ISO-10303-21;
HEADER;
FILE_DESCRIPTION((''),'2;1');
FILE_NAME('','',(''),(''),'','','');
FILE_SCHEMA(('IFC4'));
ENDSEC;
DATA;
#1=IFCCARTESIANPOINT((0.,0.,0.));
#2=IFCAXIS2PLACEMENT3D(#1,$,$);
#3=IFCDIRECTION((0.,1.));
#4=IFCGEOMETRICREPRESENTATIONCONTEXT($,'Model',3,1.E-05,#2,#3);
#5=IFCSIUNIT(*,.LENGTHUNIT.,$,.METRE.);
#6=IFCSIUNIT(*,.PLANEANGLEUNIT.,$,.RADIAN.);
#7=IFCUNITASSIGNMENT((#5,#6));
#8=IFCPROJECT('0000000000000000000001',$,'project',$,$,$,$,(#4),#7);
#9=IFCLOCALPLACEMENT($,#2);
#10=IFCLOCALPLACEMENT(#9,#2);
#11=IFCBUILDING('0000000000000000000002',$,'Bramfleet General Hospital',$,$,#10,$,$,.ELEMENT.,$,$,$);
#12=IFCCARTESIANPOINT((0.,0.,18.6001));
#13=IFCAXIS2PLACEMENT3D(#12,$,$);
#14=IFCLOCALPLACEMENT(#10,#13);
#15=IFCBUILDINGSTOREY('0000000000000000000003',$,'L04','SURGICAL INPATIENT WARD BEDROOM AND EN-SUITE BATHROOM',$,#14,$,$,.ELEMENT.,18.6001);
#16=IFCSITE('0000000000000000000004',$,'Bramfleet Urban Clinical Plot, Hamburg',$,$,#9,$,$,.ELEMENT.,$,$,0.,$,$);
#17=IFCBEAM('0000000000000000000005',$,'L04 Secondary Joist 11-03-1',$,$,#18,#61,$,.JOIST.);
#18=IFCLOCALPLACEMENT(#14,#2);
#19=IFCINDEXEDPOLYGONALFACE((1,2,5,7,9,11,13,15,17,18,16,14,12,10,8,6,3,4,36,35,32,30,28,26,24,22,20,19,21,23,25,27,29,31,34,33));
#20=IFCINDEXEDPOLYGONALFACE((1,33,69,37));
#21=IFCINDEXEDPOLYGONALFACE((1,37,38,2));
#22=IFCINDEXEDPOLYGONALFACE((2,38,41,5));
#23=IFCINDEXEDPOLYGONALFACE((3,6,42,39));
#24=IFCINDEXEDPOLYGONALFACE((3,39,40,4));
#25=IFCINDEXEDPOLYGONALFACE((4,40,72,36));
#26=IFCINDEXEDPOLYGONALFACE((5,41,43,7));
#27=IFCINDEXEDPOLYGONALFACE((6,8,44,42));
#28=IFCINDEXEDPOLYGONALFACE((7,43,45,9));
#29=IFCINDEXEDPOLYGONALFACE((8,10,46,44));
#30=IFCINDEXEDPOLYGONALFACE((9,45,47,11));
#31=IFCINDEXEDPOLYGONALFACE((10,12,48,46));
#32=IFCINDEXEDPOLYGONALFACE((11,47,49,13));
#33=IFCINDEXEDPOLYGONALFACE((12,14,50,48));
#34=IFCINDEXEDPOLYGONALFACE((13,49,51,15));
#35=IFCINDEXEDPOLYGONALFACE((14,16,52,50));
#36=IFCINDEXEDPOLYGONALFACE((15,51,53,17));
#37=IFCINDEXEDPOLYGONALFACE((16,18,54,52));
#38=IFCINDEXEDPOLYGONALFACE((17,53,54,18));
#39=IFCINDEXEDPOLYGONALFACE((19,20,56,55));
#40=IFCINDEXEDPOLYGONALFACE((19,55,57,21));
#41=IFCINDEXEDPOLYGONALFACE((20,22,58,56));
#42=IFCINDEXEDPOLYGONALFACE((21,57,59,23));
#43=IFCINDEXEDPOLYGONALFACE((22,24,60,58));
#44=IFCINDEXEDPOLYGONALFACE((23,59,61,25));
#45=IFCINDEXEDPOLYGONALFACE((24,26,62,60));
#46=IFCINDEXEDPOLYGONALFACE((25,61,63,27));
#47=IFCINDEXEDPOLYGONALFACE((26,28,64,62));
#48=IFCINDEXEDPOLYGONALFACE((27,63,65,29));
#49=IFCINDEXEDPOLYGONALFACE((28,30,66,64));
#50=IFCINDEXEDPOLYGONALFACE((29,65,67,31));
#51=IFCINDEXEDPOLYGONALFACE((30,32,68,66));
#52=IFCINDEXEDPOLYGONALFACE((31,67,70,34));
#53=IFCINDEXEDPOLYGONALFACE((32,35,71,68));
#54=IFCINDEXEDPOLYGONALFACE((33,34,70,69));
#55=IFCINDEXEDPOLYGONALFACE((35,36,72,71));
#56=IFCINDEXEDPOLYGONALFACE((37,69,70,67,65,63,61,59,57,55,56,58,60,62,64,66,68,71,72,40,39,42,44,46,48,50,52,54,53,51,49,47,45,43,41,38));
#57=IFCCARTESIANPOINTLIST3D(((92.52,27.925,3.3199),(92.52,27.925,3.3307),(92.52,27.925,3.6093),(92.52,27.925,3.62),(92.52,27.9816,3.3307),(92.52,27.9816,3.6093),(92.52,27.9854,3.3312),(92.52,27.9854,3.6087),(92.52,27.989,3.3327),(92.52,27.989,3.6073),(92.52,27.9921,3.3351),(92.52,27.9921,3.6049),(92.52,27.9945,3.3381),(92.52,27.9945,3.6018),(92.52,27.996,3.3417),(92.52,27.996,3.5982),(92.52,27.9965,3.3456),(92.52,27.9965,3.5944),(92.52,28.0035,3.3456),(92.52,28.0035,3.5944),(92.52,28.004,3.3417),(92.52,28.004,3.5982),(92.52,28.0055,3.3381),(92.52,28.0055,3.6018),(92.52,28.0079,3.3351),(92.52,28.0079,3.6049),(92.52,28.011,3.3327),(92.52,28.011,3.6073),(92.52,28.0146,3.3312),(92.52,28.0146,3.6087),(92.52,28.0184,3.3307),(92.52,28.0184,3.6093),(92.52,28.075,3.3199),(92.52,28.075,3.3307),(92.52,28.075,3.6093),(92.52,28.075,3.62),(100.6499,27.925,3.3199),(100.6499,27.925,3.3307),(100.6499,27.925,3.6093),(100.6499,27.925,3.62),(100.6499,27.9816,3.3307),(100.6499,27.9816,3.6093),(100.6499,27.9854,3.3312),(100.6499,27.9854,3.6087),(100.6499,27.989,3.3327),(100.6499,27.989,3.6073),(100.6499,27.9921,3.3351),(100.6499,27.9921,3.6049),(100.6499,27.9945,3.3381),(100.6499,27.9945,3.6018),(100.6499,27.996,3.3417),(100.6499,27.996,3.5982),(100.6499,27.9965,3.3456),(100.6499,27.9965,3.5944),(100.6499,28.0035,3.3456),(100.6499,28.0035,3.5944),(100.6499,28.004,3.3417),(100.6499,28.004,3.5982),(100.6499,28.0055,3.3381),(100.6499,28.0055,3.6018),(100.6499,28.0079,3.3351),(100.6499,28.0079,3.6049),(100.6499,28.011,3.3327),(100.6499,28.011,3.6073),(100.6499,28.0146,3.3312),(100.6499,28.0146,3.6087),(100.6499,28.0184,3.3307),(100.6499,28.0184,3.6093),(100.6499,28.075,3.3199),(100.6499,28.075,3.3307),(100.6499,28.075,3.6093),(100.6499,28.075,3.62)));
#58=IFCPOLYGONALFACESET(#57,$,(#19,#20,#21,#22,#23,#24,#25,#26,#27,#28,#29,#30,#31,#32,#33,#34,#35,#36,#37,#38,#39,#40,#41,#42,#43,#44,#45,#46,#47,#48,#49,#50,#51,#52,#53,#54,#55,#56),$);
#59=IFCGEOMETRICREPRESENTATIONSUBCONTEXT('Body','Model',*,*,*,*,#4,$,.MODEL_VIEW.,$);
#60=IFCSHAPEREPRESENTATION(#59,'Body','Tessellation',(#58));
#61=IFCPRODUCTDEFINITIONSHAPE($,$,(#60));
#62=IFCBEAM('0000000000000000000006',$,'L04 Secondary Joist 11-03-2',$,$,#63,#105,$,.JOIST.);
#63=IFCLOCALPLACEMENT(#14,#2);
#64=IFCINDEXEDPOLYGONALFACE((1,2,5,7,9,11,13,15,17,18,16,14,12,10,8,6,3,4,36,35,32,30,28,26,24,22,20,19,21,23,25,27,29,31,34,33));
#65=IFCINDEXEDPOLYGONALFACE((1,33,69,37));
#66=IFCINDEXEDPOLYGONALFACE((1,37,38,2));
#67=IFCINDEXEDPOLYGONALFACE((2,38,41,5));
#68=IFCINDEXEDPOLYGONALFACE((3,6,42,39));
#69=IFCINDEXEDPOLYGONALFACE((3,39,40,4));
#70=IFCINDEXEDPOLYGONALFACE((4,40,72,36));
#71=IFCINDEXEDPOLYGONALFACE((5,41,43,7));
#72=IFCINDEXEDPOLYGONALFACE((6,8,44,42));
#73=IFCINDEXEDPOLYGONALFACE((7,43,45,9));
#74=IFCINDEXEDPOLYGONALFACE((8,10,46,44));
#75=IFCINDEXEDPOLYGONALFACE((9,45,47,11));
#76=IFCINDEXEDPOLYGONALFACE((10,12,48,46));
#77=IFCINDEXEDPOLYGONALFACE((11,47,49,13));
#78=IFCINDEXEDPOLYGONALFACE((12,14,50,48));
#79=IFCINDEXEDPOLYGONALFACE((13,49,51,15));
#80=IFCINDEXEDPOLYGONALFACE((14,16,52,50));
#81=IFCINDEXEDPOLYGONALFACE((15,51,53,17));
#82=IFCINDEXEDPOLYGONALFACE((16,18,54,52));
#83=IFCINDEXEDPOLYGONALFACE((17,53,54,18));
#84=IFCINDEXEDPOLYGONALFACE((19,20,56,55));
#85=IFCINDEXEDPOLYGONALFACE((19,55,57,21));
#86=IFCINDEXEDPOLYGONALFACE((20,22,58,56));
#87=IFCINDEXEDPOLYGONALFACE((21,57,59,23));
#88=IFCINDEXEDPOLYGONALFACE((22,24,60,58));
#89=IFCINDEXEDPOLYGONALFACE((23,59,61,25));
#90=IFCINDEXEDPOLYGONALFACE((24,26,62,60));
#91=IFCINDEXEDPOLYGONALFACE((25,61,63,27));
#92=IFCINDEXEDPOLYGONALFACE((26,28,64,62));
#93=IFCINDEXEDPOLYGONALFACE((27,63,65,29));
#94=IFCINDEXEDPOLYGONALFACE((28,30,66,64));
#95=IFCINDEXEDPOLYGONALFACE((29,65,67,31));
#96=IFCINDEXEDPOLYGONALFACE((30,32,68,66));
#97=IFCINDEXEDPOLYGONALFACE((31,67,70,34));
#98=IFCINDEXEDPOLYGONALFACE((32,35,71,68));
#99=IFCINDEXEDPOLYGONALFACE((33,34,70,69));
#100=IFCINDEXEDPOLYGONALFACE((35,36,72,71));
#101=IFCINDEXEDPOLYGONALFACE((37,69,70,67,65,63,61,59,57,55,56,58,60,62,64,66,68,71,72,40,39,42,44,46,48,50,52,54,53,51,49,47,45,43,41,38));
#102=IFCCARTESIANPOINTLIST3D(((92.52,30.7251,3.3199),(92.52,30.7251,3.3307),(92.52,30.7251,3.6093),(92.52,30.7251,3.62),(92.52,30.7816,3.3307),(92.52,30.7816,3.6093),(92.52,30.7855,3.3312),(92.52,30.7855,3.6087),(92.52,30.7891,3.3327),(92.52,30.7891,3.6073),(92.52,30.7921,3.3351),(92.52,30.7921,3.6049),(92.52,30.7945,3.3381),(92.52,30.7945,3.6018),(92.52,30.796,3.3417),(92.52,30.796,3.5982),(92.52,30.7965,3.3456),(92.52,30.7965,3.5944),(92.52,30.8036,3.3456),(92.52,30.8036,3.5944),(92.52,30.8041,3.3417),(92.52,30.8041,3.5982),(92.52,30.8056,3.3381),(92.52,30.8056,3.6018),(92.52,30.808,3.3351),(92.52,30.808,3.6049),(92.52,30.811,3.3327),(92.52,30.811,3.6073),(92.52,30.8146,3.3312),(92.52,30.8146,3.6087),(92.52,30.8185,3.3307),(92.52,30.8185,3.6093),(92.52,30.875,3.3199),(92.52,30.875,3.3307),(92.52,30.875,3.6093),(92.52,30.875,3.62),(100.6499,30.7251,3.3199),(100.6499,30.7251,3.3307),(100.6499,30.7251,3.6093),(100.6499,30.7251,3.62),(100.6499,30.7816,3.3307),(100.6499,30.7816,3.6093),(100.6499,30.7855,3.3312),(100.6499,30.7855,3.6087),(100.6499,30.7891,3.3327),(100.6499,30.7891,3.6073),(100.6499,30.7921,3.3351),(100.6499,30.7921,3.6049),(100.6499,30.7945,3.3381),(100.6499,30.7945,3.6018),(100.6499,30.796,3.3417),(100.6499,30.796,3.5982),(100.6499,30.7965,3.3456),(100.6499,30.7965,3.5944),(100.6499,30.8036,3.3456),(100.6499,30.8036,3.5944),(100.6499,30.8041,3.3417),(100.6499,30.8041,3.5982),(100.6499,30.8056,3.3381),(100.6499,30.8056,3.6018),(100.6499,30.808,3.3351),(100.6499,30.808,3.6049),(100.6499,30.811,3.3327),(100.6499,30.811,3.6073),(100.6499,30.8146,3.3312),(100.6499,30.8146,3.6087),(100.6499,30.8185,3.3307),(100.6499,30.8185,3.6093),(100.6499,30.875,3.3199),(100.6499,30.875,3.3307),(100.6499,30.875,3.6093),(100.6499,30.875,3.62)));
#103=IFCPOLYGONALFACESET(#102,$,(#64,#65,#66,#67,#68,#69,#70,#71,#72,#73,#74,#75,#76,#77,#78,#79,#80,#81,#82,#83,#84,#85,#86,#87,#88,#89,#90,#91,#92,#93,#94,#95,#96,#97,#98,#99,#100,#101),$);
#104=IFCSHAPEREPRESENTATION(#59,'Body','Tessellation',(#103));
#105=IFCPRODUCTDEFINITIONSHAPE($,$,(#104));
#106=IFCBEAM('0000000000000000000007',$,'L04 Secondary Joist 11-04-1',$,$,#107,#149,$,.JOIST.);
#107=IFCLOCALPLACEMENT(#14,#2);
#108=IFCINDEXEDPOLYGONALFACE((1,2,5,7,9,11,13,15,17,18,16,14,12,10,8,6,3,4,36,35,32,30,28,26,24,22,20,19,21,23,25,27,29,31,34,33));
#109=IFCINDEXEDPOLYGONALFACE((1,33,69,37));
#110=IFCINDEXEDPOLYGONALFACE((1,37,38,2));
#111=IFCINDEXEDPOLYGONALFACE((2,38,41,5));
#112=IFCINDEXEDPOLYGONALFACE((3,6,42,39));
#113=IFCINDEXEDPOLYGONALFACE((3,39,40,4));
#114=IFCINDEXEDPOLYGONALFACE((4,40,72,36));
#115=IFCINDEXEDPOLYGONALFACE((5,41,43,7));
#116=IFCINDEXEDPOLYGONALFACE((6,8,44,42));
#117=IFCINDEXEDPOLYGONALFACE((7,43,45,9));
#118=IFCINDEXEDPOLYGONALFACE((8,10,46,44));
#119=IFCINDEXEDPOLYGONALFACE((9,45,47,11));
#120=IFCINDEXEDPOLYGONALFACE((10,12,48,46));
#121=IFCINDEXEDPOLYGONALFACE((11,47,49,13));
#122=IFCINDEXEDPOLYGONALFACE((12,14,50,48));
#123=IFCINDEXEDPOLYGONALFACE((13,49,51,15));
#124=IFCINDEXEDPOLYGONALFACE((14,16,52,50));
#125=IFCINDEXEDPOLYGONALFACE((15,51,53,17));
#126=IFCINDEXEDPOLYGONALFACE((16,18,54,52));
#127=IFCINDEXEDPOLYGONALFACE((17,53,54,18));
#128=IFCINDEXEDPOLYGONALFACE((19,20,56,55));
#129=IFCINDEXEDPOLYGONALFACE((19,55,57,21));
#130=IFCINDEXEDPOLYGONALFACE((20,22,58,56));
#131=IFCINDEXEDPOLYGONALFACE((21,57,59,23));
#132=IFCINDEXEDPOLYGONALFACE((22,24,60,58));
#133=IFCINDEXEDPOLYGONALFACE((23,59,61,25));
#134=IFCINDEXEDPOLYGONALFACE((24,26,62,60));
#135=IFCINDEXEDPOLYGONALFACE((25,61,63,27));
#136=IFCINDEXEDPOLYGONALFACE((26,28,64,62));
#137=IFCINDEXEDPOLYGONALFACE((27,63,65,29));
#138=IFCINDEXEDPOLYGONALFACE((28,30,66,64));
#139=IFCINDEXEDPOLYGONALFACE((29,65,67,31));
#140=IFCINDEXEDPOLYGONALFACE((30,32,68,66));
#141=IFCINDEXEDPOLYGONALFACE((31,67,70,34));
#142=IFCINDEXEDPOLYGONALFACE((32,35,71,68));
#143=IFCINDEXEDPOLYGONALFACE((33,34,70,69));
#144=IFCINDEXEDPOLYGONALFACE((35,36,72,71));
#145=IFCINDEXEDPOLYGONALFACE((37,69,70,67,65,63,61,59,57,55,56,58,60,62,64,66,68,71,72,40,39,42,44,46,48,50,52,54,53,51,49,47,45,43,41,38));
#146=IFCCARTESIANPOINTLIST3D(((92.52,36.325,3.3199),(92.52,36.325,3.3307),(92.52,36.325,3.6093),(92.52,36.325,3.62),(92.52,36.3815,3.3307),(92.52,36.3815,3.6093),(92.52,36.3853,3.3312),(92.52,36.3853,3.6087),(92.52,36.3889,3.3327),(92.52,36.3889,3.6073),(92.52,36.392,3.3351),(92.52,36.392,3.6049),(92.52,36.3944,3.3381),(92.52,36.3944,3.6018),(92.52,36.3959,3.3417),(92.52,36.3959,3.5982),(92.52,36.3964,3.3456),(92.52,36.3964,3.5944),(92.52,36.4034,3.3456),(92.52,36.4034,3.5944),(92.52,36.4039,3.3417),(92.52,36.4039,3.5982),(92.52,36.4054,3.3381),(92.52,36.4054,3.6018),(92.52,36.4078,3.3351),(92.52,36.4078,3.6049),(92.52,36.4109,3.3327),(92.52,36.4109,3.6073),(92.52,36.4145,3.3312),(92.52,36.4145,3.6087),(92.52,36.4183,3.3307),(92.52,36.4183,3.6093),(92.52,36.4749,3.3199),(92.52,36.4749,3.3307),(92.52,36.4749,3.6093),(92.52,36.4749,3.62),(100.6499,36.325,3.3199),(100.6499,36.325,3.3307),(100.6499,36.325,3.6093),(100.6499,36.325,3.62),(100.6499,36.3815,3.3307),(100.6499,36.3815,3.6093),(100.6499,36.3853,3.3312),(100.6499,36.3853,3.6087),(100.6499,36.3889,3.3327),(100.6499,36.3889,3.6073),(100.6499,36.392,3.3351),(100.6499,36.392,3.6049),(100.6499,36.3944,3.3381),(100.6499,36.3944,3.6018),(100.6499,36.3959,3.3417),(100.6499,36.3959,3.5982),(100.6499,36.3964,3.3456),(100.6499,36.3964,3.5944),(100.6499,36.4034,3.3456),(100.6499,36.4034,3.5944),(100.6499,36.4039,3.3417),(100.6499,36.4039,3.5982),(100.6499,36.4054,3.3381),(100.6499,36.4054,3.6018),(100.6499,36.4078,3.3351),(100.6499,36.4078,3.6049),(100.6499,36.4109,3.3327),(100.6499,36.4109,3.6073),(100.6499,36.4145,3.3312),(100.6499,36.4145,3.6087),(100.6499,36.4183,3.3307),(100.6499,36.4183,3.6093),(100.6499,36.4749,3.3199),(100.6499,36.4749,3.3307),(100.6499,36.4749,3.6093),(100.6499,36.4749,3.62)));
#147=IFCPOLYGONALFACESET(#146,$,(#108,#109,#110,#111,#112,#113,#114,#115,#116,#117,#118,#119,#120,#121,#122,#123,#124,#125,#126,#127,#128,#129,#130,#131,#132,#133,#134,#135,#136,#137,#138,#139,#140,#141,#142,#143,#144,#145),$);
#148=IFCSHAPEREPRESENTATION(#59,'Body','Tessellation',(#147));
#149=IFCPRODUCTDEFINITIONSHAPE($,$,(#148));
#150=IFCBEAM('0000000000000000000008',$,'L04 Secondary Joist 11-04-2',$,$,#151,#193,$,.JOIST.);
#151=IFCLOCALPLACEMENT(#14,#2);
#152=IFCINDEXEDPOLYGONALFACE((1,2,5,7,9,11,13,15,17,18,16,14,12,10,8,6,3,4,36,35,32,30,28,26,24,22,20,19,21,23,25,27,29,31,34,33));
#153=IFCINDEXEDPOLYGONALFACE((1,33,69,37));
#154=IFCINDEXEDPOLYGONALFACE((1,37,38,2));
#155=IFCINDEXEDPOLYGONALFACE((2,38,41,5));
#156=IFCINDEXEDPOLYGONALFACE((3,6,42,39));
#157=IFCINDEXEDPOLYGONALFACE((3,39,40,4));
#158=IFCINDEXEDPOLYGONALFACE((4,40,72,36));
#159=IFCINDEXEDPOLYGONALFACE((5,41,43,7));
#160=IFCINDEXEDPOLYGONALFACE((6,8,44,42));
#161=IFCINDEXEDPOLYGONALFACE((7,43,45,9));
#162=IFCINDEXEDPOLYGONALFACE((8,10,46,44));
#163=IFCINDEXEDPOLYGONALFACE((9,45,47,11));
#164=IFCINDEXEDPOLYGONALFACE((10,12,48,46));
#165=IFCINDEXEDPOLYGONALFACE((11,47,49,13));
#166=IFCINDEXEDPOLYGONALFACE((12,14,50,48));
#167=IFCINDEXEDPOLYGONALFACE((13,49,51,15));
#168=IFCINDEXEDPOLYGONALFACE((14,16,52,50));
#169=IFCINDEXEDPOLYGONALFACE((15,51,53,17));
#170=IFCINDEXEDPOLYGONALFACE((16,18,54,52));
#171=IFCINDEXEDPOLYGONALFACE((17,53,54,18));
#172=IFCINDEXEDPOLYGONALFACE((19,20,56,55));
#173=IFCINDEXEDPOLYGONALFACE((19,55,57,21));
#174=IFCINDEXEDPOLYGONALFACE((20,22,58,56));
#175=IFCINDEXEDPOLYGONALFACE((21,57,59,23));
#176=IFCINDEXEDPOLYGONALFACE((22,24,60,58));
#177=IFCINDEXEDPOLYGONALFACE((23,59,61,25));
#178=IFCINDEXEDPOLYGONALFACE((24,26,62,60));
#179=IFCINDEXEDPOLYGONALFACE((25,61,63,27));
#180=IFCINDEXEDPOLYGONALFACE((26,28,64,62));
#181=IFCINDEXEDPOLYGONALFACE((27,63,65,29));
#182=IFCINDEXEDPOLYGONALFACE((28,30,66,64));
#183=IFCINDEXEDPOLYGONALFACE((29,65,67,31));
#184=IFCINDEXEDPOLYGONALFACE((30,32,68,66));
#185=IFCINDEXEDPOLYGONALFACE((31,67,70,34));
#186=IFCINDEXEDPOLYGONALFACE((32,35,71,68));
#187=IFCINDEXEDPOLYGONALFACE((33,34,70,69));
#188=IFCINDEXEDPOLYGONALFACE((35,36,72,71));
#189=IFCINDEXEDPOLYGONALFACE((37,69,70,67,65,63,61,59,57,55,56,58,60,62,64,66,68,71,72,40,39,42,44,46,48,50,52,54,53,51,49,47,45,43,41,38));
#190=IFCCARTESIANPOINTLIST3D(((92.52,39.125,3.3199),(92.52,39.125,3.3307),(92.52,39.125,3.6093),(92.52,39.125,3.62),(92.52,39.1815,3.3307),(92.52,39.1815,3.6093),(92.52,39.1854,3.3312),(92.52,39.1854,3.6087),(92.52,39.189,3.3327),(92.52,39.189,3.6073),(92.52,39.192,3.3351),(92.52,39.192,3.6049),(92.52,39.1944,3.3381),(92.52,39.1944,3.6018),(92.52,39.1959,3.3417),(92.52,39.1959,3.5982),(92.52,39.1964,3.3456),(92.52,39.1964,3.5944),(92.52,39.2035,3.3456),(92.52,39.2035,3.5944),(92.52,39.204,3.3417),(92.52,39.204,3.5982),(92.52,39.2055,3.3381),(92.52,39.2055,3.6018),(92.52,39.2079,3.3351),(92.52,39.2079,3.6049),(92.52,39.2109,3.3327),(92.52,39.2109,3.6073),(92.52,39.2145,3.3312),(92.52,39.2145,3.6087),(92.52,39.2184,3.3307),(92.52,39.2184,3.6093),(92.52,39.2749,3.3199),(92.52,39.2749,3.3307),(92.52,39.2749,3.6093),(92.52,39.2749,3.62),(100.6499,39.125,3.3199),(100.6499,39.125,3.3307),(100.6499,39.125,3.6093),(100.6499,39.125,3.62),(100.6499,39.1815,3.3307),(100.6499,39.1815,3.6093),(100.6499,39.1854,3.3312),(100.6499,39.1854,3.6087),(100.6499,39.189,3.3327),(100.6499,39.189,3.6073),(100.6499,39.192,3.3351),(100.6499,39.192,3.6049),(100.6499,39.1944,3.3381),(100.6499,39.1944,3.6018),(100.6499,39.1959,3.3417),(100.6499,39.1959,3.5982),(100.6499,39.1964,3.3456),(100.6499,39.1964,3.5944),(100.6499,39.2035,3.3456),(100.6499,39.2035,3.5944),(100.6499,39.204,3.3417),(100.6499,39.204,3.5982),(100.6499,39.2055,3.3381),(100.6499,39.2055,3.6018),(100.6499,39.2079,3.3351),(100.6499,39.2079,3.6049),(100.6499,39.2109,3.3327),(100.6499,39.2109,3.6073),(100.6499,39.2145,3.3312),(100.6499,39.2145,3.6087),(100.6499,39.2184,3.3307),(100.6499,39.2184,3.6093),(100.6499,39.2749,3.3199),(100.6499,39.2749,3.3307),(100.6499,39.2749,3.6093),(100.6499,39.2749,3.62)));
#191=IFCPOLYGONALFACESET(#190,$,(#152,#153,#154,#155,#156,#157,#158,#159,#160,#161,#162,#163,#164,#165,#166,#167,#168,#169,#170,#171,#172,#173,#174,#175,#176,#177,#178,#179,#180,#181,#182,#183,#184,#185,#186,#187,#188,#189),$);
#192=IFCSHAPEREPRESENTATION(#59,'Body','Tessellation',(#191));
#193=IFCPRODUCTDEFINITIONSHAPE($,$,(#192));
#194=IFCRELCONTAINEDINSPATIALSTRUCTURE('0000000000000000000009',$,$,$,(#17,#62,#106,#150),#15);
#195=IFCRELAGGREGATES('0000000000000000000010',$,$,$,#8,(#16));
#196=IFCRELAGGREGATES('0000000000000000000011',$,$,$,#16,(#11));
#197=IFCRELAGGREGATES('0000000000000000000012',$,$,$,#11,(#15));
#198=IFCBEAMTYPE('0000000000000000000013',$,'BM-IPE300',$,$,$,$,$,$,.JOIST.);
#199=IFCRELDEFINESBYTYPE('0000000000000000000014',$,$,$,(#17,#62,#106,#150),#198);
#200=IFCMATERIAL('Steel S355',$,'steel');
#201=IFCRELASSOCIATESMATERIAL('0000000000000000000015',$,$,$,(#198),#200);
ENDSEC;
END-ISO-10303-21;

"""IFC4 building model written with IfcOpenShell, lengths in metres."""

from ifc_helpers import new_model, si_unit, direction, frame, origin, origin_2d, place, context, subcontext, project, spatial, i_section, extrude, material, material_profile, profile_set, type_object, element, save


model = new_model("IFC4")

# Units and contexts
model_context = context("Model", 3, precision=1e-05, world=origin(), true_north=direction((0.0, 1.0)))
body_context = subcontext(model_context, "Body", "Model", "MODEL_VIEW")
ifc_project = project(units=[si_unit("LENGTHUNIT", "METRE"), si_unit("PLANEANGLEUNIT", "RADIAN")], contexts=[model_context])

# Site, building, storey
site_placement = place(None, origin())
site = spatial("IfcSite", under=ifc_project, at=site_placement, Name="Bramfleet Urban Clinical Plot, Hamburg", CompositionType="ELEMENT", RefElevation=0.0)
building_placement = place(site_placement, origin())
building = spatial("IfcBuilding", under=site, at=building_placement, Name="Bramfleet General Hospital", CompositionType="ELEMENT")
storey_placement = place(building_placement, frame((0.0, 0.0, 18.6001)))
storey = spatial("IfcBuildingStorey", under=building, at=storey_placement, Name="L04", Description="SURGICAL INPATIENT WARD BEDROOM AND EN-SUITE BATHROOM", CompositionType="ELEMENT", Elevation=18.6001)

# Beams
ifc_material_1 = material(Name="Steel S355", Category="steel")
ifc_material_profile_1 = material_profile(ifc_material_1, i_section(OverallWidth=0.1499, OverallDepth=0.3, WebThickness=0.0071, FlangeThickness=0.0107, FilletRadius=0.0149, at=origin_2d()), Name="IPE 300")
ifc_profile_set_1 = profile_set([ifc_material_profile_1], Name="Steel S355")
beam_type_1 = type_object("IfcBeamType", Name="BM-IPE300", PredefinedType="JOIST", material=ifc_profile_set_1)
for number, where, z_axis, x_axis, name in (
    (1, (92.52, 28.0, 3.47), (1.0, 0.0, 0.0), (0.0, 1.0, 0.0), "L04 Secondary Joist 11-03-1"),
    (2, (92.52, 30.8, 3.47), (1.0, 0.0, 0.0), (0.0, 1.0, 0.0), "L04 Secondary Joist 11-03-2"),
    (3, (92.52, 36.3999, 3.47), (1.0, 0.0, 0.0), (0.0, 1.0, 0.0), "L04 Secondary Joist 11-04-1"),
    (4, (92.52, 39.2, 3.47), (1.0, 0.0, 0.0), (0.0, 1.0, 0.0), "L04 Secondary Joist 11-04-2"),
):
    element("IfcBeam", number, at=place(storey_placement, frame(where, z_axis=z_axis, x_axis=x_axis)), inside=storey, type_object=beam_type_1, Name=name, PredefinedType="JOIST", context=body_context, shape_type="SweptSolid", body=[
        extrude(i_section(OverallWidth=0.1499, OverallDepth=0.3, WebThickness=0.0071, FlangeThickness=0.0107, FilletRadius=0.0149, at=origin_2d()), origin(), (0.0, 0.0, 1.0), 8.1299),
    ])

save(model, "model.ifc")
